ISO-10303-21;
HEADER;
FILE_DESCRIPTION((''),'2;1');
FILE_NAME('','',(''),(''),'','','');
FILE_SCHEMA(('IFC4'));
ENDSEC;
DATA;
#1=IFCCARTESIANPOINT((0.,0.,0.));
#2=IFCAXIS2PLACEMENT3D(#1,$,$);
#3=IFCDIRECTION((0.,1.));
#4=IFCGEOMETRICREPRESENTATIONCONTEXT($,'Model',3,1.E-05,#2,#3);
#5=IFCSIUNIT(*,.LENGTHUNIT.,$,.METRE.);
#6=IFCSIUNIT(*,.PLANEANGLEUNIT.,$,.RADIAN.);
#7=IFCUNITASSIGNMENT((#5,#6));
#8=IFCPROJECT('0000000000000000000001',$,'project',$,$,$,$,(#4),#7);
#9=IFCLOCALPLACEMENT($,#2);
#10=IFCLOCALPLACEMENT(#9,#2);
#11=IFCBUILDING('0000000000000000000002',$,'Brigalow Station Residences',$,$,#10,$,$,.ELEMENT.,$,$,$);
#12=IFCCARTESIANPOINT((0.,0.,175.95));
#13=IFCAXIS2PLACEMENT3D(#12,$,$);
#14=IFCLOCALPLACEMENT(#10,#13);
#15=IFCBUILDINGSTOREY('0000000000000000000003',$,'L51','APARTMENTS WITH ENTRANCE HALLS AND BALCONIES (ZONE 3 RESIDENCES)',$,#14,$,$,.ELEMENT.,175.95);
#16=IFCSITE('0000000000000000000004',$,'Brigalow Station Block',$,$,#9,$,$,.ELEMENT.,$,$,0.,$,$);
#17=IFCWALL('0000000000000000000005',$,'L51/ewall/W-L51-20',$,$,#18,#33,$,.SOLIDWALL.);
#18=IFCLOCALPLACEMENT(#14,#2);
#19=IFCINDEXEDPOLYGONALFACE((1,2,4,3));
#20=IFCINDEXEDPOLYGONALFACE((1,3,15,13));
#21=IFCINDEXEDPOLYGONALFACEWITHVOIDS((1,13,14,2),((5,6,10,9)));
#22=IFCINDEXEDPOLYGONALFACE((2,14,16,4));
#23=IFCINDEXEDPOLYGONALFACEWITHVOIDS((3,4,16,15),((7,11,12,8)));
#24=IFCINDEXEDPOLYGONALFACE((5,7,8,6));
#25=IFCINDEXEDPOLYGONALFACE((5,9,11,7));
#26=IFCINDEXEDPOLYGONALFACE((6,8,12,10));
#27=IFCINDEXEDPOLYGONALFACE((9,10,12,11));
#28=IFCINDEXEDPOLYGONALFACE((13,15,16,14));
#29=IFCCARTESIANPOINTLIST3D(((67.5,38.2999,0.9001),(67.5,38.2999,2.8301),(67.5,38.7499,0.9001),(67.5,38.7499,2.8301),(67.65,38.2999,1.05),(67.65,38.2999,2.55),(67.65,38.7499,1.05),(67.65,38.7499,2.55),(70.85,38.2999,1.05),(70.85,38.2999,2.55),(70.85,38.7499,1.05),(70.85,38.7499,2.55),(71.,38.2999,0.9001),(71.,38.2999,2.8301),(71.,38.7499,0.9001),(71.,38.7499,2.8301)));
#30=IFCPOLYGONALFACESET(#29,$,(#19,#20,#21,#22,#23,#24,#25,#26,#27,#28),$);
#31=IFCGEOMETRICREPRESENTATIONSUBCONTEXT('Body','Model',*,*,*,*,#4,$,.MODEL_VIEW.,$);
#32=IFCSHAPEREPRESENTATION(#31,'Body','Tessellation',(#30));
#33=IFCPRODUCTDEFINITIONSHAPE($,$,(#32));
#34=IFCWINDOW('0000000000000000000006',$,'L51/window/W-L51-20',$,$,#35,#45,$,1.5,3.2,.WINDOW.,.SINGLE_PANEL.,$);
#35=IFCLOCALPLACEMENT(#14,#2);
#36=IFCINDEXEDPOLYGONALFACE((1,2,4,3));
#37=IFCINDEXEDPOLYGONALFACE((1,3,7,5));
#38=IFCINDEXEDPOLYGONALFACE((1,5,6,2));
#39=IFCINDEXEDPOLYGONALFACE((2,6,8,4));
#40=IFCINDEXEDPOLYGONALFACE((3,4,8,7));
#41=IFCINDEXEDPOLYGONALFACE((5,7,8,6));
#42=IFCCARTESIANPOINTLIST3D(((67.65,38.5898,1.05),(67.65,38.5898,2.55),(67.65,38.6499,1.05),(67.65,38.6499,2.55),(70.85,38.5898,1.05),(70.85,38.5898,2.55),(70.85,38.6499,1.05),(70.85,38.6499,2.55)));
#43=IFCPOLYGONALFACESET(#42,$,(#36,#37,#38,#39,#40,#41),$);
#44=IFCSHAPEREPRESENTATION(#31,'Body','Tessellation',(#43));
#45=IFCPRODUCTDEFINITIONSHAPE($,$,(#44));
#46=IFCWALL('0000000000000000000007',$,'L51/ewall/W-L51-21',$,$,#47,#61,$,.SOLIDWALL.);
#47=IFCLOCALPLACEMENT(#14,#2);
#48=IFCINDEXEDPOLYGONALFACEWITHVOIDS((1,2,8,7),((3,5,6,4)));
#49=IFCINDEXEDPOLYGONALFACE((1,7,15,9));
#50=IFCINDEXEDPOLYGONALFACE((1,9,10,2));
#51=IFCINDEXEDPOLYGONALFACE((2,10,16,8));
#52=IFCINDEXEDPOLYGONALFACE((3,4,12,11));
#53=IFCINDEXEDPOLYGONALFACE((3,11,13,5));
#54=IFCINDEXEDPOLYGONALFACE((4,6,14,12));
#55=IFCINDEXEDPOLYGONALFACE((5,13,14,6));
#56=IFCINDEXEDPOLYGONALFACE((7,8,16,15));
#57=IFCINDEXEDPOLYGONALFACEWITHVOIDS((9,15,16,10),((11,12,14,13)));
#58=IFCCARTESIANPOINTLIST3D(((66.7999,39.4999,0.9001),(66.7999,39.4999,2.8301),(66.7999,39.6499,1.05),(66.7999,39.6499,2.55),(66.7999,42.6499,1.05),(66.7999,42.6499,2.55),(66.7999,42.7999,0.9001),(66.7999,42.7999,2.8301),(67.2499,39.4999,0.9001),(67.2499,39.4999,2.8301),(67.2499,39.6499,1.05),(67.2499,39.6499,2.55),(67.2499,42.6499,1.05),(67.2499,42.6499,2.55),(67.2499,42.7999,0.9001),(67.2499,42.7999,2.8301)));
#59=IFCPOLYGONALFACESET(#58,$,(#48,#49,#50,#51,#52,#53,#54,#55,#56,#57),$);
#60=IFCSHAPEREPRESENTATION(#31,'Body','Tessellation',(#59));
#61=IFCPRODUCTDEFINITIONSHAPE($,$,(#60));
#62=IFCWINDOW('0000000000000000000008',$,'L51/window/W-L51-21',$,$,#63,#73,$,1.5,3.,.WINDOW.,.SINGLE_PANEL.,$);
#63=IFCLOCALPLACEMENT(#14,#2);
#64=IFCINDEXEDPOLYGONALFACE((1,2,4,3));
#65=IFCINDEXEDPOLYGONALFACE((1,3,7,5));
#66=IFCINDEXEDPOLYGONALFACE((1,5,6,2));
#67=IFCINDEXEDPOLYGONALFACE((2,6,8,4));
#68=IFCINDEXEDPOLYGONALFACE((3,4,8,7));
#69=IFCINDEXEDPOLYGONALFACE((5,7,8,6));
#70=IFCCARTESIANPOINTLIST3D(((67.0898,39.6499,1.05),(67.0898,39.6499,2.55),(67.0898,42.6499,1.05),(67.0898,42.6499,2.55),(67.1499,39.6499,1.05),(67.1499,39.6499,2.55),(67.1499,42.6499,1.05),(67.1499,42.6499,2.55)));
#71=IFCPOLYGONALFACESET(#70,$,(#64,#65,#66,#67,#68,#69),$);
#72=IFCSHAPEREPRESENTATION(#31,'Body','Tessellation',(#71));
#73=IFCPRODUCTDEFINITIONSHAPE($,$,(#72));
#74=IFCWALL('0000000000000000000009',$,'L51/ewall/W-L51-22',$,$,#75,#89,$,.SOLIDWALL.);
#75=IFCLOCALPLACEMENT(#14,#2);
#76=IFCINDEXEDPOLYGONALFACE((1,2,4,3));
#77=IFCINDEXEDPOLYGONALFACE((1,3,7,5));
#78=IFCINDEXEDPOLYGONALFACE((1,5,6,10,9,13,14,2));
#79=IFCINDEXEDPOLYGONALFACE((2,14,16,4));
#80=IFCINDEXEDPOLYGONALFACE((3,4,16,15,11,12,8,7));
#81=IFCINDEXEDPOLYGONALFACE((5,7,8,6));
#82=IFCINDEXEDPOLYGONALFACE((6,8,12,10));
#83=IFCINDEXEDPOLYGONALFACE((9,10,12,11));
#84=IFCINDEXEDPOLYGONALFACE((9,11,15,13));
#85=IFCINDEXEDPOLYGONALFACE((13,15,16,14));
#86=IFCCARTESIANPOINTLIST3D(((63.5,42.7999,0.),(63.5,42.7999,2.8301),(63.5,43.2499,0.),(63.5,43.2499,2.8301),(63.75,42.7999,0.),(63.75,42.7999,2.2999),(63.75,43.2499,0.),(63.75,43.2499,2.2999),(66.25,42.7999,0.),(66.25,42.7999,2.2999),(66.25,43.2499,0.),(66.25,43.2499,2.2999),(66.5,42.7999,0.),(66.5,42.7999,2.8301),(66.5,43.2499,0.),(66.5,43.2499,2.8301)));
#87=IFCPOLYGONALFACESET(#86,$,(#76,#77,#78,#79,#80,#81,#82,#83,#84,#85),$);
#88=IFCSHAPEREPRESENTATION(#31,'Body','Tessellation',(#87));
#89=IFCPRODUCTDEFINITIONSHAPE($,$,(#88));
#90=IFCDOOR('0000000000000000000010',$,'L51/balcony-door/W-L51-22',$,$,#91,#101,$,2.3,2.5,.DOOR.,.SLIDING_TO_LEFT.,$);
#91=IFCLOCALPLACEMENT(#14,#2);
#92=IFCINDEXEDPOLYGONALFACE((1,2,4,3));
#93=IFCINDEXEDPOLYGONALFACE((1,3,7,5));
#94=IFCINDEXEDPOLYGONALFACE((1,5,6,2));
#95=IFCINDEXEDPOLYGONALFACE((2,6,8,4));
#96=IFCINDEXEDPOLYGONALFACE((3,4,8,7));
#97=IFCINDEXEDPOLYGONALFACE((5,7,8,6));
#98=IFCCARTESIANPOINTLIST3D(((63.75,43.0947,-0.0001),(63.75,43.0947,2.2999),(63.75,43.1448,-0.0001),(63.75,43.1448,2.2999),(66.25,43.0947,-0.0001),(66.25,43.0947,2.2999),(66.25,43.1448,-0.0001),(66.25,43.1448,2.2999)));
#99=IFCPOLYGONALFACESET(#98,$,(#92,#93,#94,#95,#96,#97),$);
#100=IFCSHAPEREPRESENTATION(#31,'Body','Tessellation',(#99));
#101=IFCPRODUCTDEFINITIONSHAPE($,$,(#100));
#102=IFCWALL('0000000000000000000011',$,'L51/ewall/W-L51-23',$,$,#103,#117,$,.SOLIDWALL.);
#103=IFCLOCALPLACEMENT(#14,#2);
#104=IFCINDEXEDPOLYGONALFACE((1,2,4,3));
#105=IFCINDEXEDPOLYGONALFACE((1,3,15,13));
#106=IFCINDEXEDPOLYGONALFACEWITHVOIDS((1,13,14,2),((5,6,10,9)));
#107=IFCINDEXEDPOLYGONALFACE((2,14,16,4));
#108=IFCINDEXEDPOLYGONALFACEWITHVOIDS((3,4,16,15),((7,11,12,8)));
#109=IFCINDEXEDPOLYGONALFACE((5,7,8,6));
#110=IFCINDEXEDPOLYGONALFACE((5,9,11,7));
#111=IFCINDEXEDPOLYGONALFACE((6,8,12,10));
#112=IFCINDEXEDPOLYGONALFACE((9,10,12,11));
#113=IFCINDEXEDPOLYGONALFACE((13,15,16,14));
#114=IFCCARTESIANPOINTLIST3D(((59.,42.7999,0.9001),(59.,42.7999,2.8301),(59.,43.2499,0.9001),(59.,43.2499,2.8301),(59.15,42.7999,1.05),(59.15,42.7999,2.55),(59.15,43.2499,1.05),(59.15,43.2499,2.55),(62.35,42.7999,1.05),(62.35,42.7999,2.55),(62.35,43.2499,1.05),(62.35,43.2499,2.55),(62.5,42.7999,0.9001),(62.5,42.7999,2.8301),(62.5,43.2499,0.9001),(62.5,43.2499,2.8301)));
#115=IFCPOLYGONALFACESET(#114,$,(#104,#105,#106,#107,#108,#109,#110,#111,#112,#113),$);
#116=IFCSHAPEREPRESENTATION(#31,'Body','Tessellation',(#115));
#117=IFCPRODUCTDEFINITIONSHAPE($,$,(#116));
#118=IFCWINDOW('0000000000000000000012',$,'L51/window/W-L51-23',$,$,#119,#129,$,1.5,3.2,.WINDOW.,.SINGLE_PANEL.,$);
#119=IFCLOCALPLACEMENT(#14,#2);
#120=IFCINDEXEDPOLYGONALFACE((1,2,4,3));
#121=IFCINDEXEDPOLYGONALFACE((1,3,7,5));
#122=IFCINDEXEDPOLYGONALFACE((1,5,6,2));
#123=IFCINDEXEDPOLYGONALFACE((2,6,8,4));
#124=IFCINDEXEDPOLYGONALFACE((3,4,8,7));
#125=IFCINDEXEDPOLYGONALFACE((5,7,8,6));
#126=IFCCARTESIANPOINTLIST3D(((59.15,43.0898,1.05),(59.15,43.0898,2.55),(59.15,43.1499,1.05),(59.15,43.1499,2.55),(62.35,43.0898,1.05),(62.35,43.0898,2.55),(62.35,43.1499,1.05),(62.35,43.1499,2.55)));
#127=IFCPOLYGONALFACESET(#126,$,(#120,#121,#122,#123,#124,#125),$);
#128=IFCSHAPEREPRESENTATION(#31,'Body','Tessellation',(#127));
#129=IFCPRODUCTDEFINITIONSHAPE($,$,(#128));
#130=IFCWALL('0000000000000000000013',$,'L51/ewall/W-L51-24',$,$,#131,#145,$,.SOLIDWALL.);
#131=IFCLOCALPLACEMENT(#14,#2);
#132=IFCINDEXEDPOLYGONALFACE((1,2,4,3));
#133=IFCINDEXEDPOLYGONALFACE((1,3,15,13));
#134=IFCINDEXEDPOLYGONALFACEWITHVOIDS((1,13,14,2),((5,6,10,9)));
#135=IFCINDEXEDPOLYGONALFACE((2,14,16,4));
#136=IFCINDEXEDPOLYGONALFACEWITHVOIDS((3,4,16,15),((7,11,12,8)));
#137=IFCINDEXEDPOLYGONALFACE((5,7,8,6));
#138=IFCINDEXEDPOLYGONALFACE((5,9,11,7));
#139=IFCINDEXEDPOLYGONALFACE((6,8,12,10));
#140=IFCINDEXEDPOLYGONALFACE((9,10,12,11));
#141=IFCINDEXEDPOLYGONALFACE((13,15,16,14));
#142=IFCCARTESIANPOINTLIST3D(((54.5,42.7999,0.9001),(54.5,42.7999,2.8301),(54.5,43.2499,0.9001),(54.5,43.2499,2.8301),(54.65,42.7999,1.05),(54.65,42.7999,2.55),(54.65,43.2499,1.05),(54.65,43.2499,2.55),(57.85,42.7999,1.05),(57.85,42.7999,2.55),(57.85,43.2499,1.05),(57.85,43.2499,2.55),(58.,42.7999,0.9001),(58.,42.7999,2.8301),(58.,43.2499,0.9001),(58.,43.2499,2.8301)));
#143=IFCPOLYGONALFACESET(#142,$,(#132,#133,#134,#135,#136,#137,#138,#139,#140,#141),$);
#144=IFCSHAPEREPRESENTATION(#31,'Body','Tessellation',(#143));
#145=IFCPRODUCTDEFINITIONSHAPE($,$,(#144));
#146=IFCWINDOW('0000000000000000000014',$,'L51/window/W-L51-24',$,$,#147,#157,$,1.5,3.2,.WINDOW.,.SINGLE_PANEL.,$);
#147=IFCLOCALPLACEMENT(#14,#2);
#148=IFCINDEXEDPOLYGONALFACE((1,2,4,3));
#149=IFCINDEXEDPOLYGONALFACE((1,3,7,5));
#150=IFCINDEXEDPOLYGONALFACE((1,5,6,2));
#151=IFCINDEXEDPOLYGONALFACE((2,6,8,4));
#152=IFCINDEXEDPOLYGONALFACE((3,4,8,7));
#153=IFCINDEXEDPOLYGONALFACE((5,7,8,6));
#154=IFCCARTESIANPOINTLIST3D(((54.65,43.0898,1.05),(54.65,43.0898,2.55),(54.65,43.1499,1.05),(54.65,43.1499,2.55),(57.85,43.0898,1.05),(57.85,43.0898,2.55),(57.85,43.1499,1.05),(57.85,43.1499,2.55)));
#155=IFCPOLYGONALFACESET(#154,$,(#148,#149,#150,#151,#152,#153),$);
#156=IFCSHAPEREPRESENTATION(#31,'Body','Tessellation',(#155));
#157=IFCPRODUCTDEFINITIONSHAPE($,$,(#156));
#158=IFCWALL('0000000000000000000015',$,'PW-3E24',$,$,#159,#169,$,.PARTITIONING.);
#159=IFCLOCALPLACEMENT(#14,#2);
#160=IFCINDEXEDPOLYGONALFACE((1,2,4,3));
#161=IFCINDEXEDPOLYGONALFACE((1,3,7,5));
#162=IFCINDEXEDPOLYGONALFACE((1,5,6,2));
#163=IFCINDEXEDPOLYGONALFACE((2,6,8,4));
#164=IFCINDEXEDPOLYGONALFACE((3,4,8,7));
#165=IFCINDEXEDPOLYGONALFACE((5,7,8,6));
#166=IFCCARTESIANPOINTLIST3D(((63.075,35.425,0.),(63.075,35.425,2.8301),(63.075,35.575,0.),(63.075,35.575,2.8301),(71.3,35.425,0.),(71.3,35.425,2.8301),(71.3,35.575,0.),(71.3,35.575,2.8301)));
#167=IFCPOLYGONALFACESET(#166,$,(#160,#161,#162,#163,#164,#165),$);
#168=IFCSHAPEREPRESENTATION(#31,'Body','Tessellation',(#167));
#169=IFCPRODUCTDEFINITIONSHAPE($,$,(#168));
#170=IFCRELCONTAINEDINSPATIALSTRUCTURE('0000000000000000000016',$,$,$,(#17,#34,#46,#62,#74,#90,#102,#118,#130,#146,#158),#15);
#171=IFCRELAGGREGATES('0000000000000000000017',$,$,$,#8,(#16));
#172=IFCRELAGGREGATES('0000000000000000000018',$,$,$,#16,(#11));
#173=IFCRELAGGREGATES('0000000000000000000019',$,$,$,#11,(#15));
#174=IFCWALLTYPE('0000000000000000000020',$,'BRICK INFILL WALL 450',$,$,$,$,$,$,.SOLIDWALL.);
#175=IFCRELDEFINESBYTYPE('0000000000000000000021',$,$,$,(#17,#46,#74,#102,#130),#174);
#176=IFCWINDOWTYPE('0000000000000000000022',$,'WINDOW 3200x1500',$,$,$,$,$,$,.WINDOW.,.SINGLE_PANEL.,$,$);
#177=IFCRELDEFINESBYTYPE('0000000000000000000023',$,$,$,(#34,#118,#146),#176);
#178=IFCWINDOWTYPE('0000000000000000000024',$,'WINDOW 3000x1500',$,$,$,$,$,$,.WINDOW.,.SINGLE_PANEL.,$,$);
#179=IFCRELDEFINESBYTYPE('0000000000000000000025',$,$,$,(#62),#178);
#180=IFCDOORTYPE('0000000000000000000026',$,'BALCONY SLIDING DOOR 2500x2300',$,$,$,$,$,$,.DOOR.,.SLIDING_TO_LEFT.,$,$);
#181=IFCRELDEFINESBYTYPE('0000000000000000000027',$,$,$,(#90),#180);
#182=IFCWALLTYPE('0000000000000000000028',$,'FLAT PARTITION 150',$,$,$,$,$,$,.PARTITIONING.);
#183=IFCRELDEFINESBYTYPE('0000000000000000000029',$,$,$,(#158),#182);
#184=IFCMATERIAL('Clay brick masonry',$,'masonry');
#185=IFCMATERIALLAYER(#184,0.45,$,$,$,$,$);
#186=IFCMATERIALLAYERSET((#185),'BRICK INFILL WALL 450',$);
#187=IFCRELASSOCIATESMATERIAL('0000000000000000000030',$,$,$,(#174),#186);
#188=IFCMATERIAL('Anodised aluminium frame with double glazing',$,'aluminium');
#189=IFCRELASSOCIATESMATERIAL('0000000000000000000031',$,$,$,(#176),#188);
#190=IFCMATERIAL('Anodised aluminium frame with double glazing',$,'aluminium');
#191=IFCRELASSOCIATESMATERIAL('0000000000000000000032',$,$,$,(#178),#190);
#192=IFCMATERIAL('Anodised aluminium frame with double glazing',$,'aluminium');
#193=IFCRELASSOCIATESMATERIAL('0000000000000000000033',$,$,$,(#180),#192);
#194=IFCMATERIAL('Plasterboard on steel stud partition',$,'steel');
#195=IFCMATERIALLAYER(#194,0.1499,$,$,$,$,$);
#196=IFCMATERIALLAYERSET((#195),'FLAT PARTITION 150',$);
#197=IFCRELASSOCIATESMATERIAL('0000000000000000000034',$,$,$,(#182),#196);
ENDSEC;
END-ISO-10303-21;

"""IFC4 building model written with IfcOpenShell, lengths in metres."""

from ifc_helpers import new_model, si_unit, direction, frame, frame_2d, origin, place, context, subcontext, project, spatial, rectangle, extrude, material, layer, layer_set, type_object, element, fill, save


model = new_model("IFC4")

# Units and contexts
model_context = context("Model", 3, precision=1e-05, world=origin(), true_north=direction((0.0, 1.0)))
body_context = subcontext(model_context, "Body", "Model", "MODEL_VIEW")
ifc_project = project(units=[si_unit("LENGTHUNIT", "METRE"), si_unit("PLANEANGLEUNIT", "RADIAN")], contexts=[model_context])

# Site, building, storey
site_placement = place(None, origin())
site = spatial("IfcSite", under=ifc_project, at=site_placement, Name="Brigalow Station Block", CompositionType="ELEMENT", RefElevation=0.0)
building_placement = place(site_placement, origin())
building = spatial("IfcBuilding", under=site, at=building_placement, Name="Brigalow Station Residences", CompositionType="ELEMENT")
storey_placement = place(building_placement, frame((0.0, 0.0, 175.95)))
storey = spatial("IfcBuildingStorey", under=building, at=storey_placement, Name="L51", Description="APARTMENTS WITH ENTRANCE HALLS AND BALCONIES (ZONE 3 RESIDENCES)", CompositionType="ELEMENT", Elevation=175.95)

# Walls, openings, windows
ifc_material_1 = material(Name="Clay brick masonry", Category="masonry")
ifc_layer_1 = layer(ifc_material_1, 0.45)
ifc_layer_set_1 = layer_set([ifc_layer_1], Name="BRICK INFILL WALL 450")
wall_type_1 = type_object("IfcWallType", Name="BRICK INFILL WALL 450", PredefinedType="SOLIDWALL", material=ifc_layer_set_1)
wall_1_placement = place(storey_placement, frame((71.0, 38.5249, 0.9001), z_axis=(0.0, 0.0, 1.0), x_axis=(-1.0, 0.0, 0.0)))
wall_1 = element("IfcWall", 1, at=wall_1_placement, inside=storey, type_object=wall_type_1, Name="L51/ewall/W-L51-20", PredefinedType="SOLIDWALL", context=body_context, shape_type="SweptSolid", body=[
    extrude(rectangle(XDim=3.5, YDim=0.45, at=frame_2d((1.75, 0.0))), origin(), (0.0, 0.0, 1.0), 1.9299),
])
opening_1_placement = place(wall_1_placement, frame((0.1499, 0.0, 0.1499)))
opening_1 = element("IfcOpeningElement", 2, at=opening_1_placement, cuts=wall_1, PredefinedType="OPENING", context=body_context, shape_type="SweptSolid", body=[
    extrude(rectangle(XDim=3.2, YDim=1.5, at=frame_2d((1.6001, 0.75))), frame((0.0, 0.2349, 0.0), z_axis=(0.0, -1.0, 0.0), x_axis=(1.0, 0.0, 0.0)), (0.0, 0.0, 1.0), 0.47),
])
ifc_material_2 = material(Name="Anodised aluminium frame with double glazing", Category="aluminium")
window_type_1 = type_object("IfcWindowType", Name="WINDOW 3200x1500", PartitioningType="SINGLE_PANEL", PredefinedType="WINDOW", material=ifc_material_2)
window_1_placement = place(opening_1_placement, origin())
window_1 = element("IfcWindow", 3, at=window_1_placement, inside=storey, type_object=window_type_1, Name="L51/window/W-L51-20", OverallHeight=1.5, OverallWidth=3.2, PartitioningType="SINGLE_PANEL", PredefinedType="WINDOW", context=body_context, shape_type="SweptSolid", body=[
    extrude(rectangle(XDim=3.2, YDim=1.5, at=frame_2d((1.6001, 0.75))), frame((0.0, -0.0649, 0.0), z_axis=(0.0, -1.0, 0.0), x_axis=(1.0, 0.0, 0.0)), (0.0, 0.0, 1.0), 0.0601),
])
fill(opening_1, window_1)
wall_2_placement = place(storey_placement, frame((67.0249, 39.5, 0.9001), z_axis=(0.0, 0.0, 1.0), x_axis=(0.0, 1.0, 0.0)))
wall_2 = element("IfcWall", 4, at=wall_2_placement, inside=storey, type_object=wall_type_1, Name="L51/ewall/W-L51-21", PredefinedType="SOLIDWALL", context=body_context, shape_type="SweptSolid", body=[
    extrude(rectangle(XDim=3.3, YDim=0.45, at=frame_2d((1.6499, 0.0))), origin(), (0.0, 0.0, 1.0), 1.9299),
])
opening_2_placement = place(wall_2_placement, frame((0.1499, 0.0, 0.1499)))
opening_2 = element("IfcOpeningElement", 5, at=opening_2_placement, cuts=wall_2, PredefinedType="OPENING", context=body_context, shape_type="SweptSolid", body=[
    extrude(rectangle(XDim=3.0, YDim=1.5, at=frame_2d((1.5, 0.75))), frame((0.0, 0.2349, 0.0), z_axis=(0.0, -1.0, 0.0), x_axis=(1.0, 0.0, 0.0)), (0.0, 0.0, 1.0), 0.47),
])
ifc_material_3 = material(Name="Anodised aluminium frame with double glazing", Category="aluminium")
window_type_2 = type_object("IfcWindowType", Name="WINDOW 3000x1500", PartitioningType="SINGLE_PANEL", PredefinedType="WINDOW", material=ifc_material_3)
window_2_placement = place(opening_2_placement, origin())
window_2 = element("IfcWindow", 6, at=window_2_placement, inside=storey, type_object=window_type_2, Name="L51/window/W-L51-21", OverallHeight=1.5, OverallWidth=3.0, PartitioningType="SINGLE_PANEL", PredefinedType="WINDOW", context=body_context, shape_type="SweptSolid", body=[
    extrude(rectangle(XDim=3.0, YDim=1.5, at=frame_2d((1.5, 0.75))), frame((0.0, -0.0649, 0.0), z_axis=(0.0, -1.0, 0.0), x_axis=(1.0, 0.0, 0.0)), (0.0, 0.0, 1.0), 0.0601),
])
fill(opening_2, window_2)

# Wall, opening, door
wall_3_placement = place(storey_placement, frame((66.5, 43.0249, 0.0), z_axis=(0.0, 0.0, 1.0), x_axis=(-1.0, 0.0, 0.0)))
wall_3 = element("IfcWall", 7, at=wall_3_placement, inside=storey, type_object=wall_type_1, Name="L51/ewall/W-L51-22", PredefinedType="SOLIDWALL", context=body_context, shape_type="SweptSolid", body=[
    extrude(rectangle(XDim=3.0, YDim=0.45, at=frame_2d((1.5, 0.0))), origin(), (0.0, 0.0, 1.0), 2.8301),
])
opening_3_placement = place(wall_3_placement, frame((0.25, 0.0, 0.0)))
opening_3 = element("IfcOpeningElement", 8, at=opening_3_placement, cuts=wall_3, PredefinedType="OPENING", context=body_context, shape_type="SweptSolid", body=[
    extrude(rectangle(XDim=2.5, YDim=2.3, at=frame_2d((1.25, 1.1499))), frame((0.0, 0.2349, 0.0), z_axis=(0.0, -1.0, 0.0), x_axis=(1.0, 0.0, 0.0)), (0.0, 0.0, 1.0), 0.47),
])
ifc_material_4 = material(Name="Anodised aluminium frame with double glazing", Category="aluminium")
door_type_1 = type_object("IfcDoorType", Name="BALCONY SLIDING DOOR 2500x2300", OperationType="SLIDING_TO_LEFT", PredefinedType="DOOR", material=ifc_material_4)
door_1_placement = place(opening_3_placement, origin())
door_1 = element("IfcDoor", 9, at=door_1_placement, inside=storey, type_object=door_type_1, Name="L51/balcony-door/W-L51-22", OperationType="SLIDING_TO_LEFT", OverallHeight=2.3, OverallWidth=2.5, PredefinedType="DOOR", context=body_context, shape_type="SweptSolid", body=[
    extrude(rectangle(XDim=2.5, YDim=2.3, at=frame_2d((1.25, 1.1499))), frame((0.0, -0.0698, 0.0), z_axis=(0.0, -1.0, 0.0), x_axis=(1.0, 0.0, 0.0)), (0.0, 0.0, 1.0), 0.05),
])
fill(opening_3, door_1)

# Walls, openings, windows
wall_4_placement = place(storey_placement, frame((62.5, 43.0249, 0.9001), z_axis=(0.0, 0.0, 1.0), x_axis=(-1.0, 0.0, 0.0)))
wall_4 = element("IfcWall", 10, at=wall_4_placement, inside=storey, type_object=wall_type_1, Name="L51/ewall/W-L51-23", PredefinedType="SOLIDWALL", context=body_context, shape_type="SweptSolid", body=[
    extrude(rectangle(XDim=3.5, YDim=0.45, at=frame_2d((1.75, 0.0))), origin(), (0.0, 0.0, 1.0), 1.9299),
])
opening_4_placement = place(wall_4_placement, frame((0.1499, 0.0, 0.1499)))
opening_4 = element("IfcOpeningElement", 11, at=opening_4_placement, cuts=wall_4, PredefinedType="OPENING", context=body_context, shape_type="SweptSolid", body=[
    extrude(rectangle(XDim=3.2, YDim=1.5, at=frame_2d((1.6001, 0.75))), frame((0.0, 0.2349, 0.0), z_axis=(0.0, -1.0, 0.0), x_axis=(1.0, 0.0, 0.0)), (0.0, 0.0, 1.0), 0.47),
])
window_3_placement = place(opening_4_placement, origin())
window_3 = element("IfcWindow", 12, at=window_3_placement, inside=storey, type_object=window_type_1, Name="L51/window/W-L51-23", OverallHeight=1.5, OverallWidth=3.2, PartitioningType="SINGLE_PANEL", PredefinedType="WINDOW", context=body_context, shape_type="SweptSolid", body=[
    extrude(rectangle(XDim=3.2, YDim=1.5, at=frame_2d((1.6001, 0.75))), frame((0.0, -0.0649, 0.0), z_axis=(0.0, -1.0, 0.0), x_axis=(1.0, 0.0, 0.0)), (0.0, 0.0, 1.0), 0.0601),
])
fill(opening_4, window_3)
wall_5_placement = place(storey_placement, frame((58.0, 43.0249, 0.9001), z_axis=(0.0, 0.0, 1.0), x_axis=(-1.0, 0.0, 0.0)))
wall_5 = element("IfcWall", 13, at=wall_5_placement, inside=storey, type_object=wall_type_1, Name="L51/ewall/W-L51-24", PredefinedType="SOLIDWALL", context=body_context, shape_type="SweptSolid", body=[
    extrude(rectangle(XDim=3.5, YDim=0.45, at=frame_2d((1.75, 0.0))), origin(), (0.0, 0.0, 1.0), 1.9299),
])
opening_5_placement = place(wall_5_placement, frame((0.1499, 0.0, 0.1499)))
opening_5 = element("IfcOpeningElement", 14, at=opening_5_placement, cuts=wall_5, PredefinedType="OPENING", context=body_context, shape_type="SweptSolid", body=[
    extrude(rectangle(XDim=3.2, YDim=1.5, at=frame_2d((1.6001, 0.75))), frame((0.0, 0.2349, 0.0), z_axis=(0.0, -1.0, 0.0), x_axis=(1.0, 0.0, 0.0)), (0.0, 0.0, 1.0), 0.47),
])
window_4_placement = place(opening_5_placement, origin())
window_4 = element("IfcWindow", 15, at=window_4_placement, inside=storey, type_object=window_type_1, Name="L51/window/W-L51-24", OverallHeight=1.5, OverallWidth=3.2, PartitioningType="SINGLE_PANEL", PredefinedType="WINDOW", context=body_context, shape_type="SweptSolid", body=[
    extrude(rectangle(XDim=3.2, YDim=1.5, at=frame_2d((1.6001, 0.75))), frame((0.0, -0.0649, 0.0), z_axis=(0.0, -1.0, 0.0), x_axis=(1.0, 0.0, 0.0)), (0.0, 0.0, 1.0), 0.0601),
])
fill(opening_5, window_4)

# Wall
ifc_material_5 = material(Name="Plasterboard on steel stud partition", Category="steel")
ifc_layer_2 = layer(ifc_material_5, 0.1499)
ifc_layer_set_2 = layer_set([ifc_layer_2], Name="FLAT PARTITION 150")
wall_type_2 = type_object("IfcWallType", Name="FLAT PARTITION 150", PredefinedType="PARTITIONING", material=ifc_layer_set_2)
wall_6_placement = place(storey_placement, frame((63.075, 35.5, 0.0), z_axis=(0.0, 0.0, 1.0), x_axis=(1.0, 0.0, 0.0)))
element("IfcWall", 16, at=wall_6_placement, inside=storey, type_object=wall_type_2, Name="PW-3E24", PredefinedType="PARTITIONING", context=body_context, shape_type="SweptSolid", body=[
    extrude(rectangle(XDim=8.2251, YDim=0.1499, at=frame_2d((4.1125, 0.0))), origin(), (0.0, 0.0, 1.0), 2.8301),
])

save(model, "model.ifc")
